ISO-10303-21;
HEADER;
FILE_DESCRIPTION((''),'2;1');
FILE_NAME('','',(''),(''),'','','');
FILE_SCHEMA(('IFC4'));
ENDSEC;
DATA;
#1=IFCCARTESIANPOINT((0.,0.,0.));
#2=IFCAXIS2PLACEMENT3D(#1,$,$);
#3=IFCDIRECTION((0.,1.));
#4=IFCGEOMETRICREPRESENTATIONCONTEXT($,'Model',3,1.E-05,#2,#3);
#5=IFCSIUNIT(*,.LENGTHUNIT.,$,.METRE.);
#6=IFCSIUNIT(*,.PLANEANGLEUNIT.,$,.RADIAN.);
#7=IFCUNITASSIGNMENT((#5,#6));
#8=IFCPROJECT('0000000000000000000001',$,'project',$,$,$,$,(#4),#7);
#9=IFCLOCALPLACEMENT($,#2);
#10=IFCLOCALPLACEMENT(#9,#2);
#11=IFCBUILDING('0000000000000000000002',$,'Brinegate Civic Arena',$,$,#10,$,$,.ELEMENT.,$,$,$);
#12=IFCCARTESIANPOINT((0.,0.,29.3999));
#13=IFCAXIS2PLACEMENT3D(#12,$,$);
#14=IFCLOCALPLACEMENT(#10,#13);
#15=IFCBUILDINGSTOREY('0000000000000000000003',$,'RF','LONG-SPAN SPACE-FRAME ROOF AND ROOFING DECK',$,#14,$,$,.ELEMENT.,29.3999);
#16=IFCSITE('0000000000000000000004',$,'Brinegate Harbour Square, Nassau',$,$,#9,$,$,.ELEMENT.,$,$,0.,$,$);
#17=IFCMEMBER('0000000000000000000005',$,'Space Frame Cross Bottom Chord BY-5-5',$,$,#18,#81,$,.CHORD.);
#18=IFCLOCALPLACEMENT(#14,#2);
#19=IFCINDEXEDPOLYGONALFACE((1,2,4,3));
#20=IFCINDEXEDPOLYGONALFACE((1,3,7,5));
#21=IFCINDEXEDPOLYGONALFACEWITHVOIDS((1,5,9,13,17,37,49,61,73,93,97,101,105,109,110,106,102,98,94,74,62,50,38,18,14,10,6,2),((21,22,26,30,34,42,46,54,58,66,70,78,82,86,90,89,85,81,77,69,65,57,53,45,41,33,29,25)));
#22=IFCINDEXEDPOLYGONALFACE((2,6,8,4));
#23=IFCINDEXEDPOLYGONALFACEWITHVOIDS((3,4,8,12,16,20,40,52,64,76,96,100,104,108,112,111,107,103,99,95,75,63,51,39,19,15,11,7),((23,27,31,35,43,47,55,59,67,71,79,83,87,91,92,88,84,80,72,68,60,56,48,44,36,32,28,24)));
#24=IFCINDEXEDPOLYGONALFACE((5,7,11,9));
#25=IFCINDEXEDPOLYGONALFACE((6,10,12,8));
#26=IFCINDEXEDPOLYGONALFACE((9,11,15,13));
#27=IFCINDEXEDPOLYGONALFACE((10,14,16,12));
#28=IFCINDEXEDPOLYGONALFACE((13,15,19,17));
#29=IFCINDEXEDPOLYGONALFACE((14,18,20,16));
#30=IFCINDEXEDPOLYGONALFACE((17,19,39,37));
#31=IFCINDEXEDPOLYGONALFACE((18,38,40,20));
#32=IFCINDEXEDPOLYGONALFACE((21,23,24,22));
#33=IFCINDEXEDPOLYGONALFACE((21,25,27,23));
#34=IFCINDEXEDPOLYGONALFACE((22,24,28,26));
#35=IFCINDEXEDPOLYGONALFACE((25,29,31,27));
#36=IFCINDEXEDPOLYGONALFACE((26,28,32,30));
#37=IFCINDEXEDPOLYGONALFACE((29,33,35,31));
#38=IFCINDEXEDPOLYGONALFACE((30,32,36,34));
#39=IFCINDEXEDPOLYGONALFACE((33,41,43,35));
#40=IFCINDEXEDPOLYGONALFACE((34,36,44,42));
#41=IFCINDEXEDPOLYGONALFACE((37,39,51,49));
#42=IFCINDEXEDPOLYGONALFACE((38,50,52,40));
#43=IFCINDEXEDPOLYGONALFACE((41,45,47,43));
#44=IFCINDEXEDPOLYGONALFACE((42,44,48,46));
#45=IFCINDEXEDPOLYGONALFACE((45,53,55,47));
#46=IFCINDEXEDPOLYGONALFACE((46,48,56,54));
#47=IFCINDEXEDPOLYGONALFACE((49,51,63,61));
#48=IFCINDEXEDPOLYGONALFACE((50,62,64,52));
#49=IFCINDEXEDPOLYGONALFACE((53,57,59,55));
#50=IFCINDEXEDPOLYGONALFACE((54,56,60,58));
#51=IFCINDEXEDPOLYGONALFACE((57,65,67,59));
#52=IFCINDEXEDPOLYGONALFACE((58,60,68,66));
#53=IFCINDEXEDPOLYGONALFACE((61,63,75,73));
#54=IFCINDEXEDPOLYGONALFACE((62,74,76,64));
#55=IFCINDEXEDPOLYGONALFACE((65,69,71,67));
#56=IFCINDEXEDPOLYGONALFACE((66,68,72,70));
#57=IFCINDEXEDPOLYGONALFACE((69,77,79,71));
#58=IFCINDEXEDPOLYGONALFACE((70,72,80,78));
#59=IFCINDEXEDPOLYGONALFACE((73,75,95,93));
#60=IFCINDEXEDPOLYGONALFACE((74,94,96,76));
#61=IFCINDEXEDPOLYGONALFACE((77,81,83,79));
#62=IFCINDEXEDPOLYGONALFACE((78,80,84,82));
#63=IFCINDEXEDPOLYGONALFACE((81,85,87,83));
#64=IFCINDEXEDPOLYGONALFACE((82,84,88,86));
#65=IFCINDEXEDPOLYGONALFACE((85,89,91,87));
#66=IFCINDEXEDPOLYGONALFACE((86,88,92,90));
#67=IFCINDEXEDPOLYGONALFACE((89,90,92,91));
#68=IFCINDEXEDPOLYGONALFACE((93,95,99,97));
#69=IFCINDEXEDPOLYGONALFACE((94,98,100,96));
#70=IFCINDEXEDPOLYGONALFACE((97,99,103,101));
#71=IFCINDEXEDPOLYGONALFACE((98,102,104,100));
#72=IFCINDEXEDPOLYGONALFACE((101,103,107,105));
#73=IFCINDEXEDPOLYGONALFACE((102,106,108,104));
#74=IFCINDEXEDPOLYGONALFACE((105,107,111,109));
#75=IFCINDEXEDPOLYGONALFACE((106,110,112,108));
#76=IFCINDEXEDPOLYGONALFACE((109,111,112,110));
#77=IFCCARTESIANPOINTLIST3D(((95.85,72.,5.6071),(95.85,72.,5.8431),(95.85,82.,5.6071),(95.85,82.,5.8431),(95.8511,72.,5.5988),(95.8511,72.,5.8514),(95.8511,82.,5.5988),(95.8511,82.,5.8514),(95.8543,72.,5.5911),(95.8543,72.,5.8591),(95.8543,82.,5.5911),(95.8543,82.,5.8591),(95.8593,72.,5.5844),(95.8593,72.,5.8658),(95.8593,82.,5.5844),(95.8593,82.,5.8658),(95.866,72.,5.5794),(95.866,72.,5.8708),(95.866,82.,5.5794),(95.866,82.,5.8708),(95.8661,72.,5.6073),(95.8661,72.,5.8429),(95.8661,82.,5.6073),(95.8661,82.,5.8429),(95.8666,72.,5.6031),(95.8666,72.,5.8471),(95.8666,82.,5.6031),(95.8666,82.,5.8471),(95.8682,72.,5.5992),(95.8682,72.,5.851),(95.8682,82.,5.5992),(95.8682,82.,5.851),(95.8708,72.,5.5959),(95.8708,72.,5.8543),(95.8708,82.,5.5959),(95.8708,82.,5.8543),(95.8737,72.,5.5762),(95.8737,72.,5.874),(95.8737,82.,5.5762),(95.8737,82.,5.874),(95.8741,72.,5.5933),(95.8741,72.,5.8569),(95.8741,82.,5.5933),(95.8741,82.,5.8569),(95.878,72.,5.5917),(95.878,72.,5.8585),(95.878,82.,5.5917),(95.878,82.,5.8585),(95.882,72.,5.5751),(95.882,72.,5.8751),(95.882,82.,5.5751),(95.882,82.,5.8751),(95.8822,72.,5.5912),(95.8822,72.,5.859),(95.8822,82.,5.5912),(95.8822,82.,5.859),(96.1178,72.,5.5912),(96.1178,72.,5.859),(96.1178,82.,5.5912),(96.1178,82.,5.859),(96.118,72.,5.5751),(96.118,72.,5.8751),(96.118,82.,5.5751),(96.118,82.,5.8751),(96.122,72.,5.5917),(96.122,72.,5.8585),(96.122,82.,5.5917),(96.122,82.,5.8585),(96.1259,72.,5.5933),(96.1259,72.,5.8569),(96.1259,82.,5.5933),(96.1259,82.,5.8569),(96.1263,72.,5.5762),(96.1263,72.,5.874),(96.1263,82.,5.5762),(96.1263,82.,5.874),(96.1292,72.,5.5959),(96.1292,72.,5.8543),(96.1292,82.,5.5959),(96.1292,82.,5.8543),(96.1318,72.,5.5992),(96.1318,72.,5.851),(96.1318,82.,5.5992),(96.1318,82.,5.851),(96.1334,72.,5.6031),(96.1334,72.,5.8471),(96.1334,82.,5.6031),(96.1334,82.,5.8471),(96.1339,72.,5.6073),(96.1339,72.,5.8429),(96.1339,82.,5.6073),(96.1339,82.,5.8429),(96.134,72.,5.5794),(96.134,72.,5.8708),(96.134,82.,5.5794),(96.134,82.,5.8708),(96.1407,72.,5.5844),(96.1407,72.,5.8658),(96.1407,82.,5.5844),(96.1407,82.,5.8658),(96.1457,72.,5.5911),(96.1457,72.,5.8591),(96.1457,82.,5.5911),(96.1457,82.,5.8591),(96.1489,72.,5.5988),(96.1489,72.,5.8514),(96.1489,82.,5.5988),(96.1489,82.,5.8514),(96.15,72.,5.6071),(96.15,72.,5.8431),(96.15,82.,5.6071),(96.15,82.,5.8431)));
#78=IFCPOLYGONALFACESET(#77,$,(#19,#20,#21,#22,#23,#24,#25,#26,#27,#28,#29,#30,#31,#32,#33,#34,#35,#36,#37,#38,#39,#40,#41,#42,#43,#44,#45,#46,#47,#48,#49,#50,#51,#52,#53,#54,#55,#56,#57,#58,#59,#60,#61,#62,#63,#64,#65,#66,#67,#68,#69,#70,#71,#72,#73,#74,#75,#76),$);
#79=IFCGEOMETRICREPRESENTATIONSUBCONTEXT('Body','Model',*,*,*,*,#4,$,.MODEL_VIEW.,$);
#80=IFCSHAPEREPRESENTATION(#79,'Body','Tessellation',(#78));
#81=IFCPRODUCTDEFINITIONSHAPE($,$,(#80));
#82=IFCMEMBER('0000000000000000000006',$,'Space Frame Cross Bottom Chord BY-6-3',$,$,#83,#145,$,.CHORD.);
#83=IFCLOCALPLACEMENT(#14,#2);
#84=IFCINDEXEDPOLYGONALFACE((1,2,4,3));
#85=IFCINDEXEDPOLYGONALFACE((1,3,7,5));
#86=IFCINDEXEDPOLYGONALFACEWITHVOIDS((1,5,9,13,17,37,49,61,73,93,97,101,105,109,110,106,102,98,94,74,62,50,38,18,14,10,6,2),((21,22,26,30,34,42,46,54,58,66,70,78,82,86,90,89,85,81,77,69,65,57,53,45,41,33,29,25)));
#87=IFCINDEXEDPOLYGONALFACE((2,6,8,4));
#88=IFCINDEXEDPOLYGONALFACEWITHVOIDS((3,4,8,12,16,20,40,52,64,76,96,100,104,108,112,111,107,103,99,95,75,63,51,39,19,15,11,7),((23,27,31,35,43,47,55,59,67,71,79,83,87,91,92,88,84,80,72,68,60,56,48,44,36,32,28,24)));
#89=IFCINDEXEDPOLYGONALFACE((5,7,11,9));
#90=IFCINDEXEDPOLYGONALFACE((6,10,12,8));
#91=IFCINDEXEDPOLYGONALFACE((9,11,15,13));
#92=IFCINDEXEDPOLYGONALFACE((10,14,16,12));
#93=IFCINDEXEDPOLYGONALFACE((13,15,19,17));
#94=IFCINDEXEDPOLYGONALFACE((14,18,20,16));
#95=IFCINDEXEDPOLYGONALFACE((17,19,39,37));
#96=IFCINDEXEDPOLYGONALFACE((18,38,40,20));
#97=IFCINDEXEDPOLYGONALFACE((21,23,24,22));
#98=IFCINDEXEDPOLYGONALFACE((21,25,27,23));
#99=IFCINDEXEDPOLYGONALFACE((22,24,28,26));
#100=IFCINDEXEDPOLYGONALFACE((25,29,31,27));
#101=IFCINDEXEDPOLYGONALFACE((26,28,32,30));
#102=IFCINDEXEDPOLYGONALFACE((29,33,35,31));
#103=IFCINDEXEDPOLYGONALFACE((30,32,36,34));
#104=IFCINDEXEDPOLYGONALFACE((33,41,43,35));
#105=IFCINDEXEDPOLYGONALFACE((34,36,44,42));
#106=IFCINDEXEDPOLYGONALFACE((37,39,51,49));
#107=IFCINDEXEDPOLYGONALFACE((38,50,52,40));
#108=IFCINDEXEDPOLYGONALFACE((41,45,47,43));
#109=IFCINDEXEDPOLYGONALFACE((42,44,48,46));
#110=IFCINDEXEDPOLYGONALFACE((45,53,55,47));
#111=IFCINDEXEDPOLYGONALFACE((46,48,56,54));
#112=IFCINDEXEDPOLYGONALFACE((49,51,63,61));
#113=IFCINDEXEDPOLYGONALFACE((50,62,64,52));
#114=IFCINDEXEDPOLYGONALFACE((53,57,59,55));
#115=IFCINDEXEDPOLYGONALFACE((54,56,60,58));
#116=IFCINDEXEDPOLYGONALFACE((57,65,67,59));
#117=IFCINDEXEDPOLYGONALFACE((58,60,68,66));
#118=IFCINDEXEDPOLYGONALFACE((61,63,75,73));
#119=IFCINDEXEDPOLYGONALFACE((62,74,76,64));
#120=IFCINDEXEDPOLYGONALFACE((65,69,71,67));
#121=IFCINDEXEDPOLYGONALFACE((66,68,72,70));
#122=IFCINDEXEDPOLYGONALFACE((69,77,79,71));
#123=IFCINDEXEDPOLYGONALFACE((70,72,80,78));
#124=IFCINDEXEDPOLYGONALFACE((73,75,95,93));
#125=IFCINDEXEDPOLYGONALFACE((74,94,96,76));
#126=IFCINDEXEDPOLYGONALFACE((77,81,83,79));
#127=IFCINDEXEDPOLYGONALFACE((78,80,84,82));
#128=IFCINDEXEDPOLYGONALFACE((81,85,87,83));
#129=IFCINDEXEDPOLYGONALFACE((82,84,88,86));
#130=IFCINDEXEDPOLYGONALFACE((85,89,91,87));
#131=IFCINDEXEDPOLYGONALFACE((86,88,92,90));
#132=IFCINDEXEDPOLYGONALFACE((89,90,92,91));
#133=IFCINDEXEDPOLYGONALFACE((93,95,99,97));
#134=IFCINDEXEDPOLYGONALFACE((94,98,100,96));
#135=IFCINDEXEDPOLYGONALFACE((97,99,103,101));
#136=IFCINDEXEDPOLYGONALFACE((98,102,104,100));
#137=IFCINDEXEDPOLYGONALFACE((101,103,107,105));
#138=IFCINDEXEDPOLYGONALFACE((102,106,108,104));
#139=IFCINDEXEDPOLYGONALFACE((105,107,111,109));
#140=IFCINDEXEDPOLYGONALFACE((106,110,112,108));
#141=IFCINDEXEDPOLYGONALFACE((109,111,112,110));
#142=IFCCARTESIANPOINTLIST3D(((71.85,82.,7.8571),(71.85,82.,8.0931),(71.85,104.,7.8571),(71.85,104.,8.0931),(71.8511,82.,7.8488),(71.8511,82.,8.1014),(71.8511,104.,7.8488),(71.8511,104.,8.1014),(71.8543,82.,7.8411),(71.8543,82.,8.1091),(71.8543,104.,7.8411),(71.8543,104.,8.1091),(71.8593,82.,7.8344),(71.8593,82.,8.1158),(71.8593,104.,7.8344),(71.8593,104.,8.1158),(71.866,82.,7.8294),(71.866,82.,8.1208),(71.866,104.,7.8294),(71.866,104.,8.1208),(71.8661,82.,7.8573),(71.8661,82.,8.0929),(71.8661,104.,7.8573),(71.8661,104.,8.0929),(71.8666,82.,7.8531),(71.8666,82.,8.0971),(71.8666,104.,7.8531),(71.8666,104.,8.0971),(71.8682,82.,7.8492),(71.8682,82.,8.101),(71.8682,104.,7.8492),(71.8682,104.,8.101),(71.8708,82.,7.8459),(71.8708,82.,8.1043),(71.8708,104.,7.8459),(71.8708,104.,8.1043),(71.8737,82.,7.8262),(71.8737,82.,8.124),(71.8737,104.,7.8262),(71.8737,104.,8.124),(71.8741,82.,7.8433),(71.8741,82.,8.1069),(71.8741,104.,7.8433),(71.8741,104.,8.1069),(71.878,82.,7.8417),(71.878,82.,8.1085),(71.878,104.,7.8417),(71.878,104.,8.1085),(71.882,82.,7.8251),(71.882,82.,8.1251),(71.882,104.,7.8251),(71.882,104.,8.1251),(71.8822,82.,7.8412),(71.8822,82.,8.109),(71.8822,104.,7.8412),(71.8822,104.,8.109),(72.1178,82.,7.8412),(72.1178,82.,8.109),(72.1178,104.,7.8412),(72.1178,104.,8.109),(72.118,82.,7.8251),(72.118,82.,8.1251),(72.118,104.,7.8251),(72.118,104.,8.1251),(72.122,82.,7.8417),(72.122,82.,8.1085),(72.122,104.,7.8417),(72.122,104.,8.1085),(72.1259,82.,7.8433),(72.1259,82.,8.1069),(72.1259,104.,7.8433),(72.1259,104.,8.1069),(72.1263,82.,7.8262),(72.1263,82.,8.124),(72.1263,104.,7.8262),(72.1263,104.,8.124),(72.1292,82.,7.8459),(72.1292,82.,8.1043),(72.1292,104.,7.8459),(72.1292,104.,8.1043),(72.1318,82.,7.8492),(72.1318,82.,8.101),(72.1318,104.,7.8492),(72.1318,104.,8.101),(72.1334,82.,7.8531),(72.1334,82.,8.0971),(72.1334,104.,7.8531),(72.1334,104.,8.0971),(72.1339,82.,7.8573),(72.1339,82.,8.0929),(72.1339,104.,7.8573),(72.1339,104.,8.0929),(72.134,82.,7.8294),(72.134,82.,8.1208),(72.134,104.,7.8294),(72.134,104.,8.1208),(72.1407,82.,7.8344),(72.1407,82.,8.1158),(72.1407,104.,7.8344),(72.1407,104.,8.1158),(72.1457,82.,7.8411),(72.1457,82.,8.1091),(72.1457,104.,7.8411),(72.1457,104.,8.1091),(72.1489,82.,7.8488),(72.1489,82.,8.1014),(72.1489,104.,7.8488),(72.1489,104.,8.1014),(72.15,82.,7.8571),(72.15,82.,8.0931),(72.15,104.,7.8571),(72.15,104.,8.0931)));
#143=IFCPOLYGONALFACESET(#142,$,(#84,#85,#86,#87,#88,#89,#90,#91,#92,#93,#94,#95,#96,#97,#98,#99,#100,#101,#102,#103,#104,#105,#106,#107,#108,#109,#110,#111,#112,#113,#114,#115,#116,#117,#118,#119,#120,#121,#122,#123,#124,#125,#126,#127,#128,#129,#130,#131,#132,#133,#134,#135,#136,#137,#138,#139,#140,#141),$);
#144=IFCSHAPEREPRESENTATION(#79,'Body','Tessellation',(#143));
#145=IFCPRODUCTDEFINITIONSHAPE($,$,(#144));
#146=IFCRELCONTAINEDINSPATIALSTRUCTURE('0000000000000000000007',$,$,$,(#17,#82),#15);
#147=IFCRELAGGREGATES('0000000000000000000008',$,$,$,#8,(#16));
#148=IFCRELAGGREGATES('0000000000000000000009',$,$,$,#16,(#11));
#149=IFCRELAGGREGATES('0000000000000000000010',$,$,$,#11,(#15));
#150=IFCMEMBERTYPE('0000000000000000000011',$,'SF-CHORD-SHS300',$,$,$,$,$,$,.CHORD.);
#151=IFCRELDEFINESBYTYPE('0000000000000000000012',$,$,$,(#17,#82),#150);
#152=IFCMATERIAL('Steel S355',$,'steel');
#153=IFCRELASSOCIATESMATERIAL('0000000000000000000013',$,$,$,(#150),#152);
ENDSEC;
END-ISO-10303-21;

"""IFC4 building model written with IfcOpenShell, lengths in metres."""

from ifc_helpers import new_model, si_unit, direction, frame, origin, origin_2d, place, context, subcontext, project, spatial, hollow_rectangle, extrude, material, material_profile, profile_set, type_object, element, save


model = new_model("IFC4")

# Units and contexts
model_context = context("Model", 3, precision=1e-05, world=origin(), true_north=direction((0.0, 1.0)))
body_context = subcontext(model_context, "Body", "Model", "MODEL_VIEW")
ifc_project = project(units=[si_unit("LENGTHUNIT", "METRE"), si_unit("PLANEANGLEUNIT", "RADIAN")], contexts=[model_context])

# Site, building, storey
site_placement = place(None, origin())
site = spatial("IfcSite", under=ifc_project, at=site_placement, Name="Brinegate Harbour Square, Nassau", CompositionType="ELEMENT", RefElevation=0.0)
building_placement = place(site_placement, origin())
building = spatial("IfcBuilding", under=site, at=building_placement, Name="Brinegate Civic Arena", CompositionType="ELEMENT")
storey_placement = place(building_placement, frame((0.0, 0.0, 29.3999)))
storey = spatial("IfcBuildingStorey", under=building, at=storey_placement, Name="RF", Description="LONG-SPAN SPACE-FRAME ROOF AND ROOFING DECK", CompositionType="ELEMENT", Elevation=29.3999)

# Members
ifc_material = material(Name="Steel S355", Category="steel")
ifc_material_profile_1 = material_profile(ifc_material, hollow_rectangle(XDim=0.3, YDim=0.3, WallThickness=0.0161, InnerFilletRadius=0.0161, OuterFilletRadius=0.032, at=origin_2d()), Name="SHS300X16")
ifc_profile_set_1 = profile_set([ifc_material_profile_1], Name="Steel S355")
member_type_1 = type_object("IfcMemberType", Name="SF-CHORD-SHS300", PredefinedType="CHORD", material=ifc_profile_set_1)
for number, where, z_axis, x_axis, name in (
    (1, (96.0, 72.0, 5.7251), (0.0, 1.0, 0.0), (-1.0, 0.0, 0.0), "Space Frame Cross Bottom Chord BY-5-5"),
):
    element("IfcMember", number, at=place(storey_placement, frame(where, z_axis=z_axis, x_axis=x_axis)), inside=storey, type_object=member_type_1, Name=name, PredefinedType="CHORD", context=body_context, shape_type="SweptSolid", body=[
        extrude(hollow_rectangle(XDim=0.3, YDim=0.3, WallThickness=0.0161, InnerFilletRadius=0.0161, OuterFilletRadius=0.032, at=origin_2d()), origin(), (0.0, 0.0, 1.0), 10.0),
    ])
member_1_placement = place(storey_placement, frame((72.0, 82.0, 7.9751), z_axis=(0.0, 1.0, 0.0), x_axis=(-1.0, 0.0, 0.0)))
element("IfcMember", 2, at=member_1_placement, inside=storey, type_object=member_type_1, Name="Space Frame Cross Bottom Chord BY-6-3", PredefinedType="CHORD", context=body_context, shape_type="SweptSolid", body=[
    extrude(hollow_rectangle(XDim=0.3, YDim=0.3, WallThickness=0.0161, InnerFilletRadius=0.0161, OuterFilletRadius=0.032, at=origin_2d()), origin(), (0.0, 0.0, 1.0), 22.0),
])

save(model, "model.ifc")
